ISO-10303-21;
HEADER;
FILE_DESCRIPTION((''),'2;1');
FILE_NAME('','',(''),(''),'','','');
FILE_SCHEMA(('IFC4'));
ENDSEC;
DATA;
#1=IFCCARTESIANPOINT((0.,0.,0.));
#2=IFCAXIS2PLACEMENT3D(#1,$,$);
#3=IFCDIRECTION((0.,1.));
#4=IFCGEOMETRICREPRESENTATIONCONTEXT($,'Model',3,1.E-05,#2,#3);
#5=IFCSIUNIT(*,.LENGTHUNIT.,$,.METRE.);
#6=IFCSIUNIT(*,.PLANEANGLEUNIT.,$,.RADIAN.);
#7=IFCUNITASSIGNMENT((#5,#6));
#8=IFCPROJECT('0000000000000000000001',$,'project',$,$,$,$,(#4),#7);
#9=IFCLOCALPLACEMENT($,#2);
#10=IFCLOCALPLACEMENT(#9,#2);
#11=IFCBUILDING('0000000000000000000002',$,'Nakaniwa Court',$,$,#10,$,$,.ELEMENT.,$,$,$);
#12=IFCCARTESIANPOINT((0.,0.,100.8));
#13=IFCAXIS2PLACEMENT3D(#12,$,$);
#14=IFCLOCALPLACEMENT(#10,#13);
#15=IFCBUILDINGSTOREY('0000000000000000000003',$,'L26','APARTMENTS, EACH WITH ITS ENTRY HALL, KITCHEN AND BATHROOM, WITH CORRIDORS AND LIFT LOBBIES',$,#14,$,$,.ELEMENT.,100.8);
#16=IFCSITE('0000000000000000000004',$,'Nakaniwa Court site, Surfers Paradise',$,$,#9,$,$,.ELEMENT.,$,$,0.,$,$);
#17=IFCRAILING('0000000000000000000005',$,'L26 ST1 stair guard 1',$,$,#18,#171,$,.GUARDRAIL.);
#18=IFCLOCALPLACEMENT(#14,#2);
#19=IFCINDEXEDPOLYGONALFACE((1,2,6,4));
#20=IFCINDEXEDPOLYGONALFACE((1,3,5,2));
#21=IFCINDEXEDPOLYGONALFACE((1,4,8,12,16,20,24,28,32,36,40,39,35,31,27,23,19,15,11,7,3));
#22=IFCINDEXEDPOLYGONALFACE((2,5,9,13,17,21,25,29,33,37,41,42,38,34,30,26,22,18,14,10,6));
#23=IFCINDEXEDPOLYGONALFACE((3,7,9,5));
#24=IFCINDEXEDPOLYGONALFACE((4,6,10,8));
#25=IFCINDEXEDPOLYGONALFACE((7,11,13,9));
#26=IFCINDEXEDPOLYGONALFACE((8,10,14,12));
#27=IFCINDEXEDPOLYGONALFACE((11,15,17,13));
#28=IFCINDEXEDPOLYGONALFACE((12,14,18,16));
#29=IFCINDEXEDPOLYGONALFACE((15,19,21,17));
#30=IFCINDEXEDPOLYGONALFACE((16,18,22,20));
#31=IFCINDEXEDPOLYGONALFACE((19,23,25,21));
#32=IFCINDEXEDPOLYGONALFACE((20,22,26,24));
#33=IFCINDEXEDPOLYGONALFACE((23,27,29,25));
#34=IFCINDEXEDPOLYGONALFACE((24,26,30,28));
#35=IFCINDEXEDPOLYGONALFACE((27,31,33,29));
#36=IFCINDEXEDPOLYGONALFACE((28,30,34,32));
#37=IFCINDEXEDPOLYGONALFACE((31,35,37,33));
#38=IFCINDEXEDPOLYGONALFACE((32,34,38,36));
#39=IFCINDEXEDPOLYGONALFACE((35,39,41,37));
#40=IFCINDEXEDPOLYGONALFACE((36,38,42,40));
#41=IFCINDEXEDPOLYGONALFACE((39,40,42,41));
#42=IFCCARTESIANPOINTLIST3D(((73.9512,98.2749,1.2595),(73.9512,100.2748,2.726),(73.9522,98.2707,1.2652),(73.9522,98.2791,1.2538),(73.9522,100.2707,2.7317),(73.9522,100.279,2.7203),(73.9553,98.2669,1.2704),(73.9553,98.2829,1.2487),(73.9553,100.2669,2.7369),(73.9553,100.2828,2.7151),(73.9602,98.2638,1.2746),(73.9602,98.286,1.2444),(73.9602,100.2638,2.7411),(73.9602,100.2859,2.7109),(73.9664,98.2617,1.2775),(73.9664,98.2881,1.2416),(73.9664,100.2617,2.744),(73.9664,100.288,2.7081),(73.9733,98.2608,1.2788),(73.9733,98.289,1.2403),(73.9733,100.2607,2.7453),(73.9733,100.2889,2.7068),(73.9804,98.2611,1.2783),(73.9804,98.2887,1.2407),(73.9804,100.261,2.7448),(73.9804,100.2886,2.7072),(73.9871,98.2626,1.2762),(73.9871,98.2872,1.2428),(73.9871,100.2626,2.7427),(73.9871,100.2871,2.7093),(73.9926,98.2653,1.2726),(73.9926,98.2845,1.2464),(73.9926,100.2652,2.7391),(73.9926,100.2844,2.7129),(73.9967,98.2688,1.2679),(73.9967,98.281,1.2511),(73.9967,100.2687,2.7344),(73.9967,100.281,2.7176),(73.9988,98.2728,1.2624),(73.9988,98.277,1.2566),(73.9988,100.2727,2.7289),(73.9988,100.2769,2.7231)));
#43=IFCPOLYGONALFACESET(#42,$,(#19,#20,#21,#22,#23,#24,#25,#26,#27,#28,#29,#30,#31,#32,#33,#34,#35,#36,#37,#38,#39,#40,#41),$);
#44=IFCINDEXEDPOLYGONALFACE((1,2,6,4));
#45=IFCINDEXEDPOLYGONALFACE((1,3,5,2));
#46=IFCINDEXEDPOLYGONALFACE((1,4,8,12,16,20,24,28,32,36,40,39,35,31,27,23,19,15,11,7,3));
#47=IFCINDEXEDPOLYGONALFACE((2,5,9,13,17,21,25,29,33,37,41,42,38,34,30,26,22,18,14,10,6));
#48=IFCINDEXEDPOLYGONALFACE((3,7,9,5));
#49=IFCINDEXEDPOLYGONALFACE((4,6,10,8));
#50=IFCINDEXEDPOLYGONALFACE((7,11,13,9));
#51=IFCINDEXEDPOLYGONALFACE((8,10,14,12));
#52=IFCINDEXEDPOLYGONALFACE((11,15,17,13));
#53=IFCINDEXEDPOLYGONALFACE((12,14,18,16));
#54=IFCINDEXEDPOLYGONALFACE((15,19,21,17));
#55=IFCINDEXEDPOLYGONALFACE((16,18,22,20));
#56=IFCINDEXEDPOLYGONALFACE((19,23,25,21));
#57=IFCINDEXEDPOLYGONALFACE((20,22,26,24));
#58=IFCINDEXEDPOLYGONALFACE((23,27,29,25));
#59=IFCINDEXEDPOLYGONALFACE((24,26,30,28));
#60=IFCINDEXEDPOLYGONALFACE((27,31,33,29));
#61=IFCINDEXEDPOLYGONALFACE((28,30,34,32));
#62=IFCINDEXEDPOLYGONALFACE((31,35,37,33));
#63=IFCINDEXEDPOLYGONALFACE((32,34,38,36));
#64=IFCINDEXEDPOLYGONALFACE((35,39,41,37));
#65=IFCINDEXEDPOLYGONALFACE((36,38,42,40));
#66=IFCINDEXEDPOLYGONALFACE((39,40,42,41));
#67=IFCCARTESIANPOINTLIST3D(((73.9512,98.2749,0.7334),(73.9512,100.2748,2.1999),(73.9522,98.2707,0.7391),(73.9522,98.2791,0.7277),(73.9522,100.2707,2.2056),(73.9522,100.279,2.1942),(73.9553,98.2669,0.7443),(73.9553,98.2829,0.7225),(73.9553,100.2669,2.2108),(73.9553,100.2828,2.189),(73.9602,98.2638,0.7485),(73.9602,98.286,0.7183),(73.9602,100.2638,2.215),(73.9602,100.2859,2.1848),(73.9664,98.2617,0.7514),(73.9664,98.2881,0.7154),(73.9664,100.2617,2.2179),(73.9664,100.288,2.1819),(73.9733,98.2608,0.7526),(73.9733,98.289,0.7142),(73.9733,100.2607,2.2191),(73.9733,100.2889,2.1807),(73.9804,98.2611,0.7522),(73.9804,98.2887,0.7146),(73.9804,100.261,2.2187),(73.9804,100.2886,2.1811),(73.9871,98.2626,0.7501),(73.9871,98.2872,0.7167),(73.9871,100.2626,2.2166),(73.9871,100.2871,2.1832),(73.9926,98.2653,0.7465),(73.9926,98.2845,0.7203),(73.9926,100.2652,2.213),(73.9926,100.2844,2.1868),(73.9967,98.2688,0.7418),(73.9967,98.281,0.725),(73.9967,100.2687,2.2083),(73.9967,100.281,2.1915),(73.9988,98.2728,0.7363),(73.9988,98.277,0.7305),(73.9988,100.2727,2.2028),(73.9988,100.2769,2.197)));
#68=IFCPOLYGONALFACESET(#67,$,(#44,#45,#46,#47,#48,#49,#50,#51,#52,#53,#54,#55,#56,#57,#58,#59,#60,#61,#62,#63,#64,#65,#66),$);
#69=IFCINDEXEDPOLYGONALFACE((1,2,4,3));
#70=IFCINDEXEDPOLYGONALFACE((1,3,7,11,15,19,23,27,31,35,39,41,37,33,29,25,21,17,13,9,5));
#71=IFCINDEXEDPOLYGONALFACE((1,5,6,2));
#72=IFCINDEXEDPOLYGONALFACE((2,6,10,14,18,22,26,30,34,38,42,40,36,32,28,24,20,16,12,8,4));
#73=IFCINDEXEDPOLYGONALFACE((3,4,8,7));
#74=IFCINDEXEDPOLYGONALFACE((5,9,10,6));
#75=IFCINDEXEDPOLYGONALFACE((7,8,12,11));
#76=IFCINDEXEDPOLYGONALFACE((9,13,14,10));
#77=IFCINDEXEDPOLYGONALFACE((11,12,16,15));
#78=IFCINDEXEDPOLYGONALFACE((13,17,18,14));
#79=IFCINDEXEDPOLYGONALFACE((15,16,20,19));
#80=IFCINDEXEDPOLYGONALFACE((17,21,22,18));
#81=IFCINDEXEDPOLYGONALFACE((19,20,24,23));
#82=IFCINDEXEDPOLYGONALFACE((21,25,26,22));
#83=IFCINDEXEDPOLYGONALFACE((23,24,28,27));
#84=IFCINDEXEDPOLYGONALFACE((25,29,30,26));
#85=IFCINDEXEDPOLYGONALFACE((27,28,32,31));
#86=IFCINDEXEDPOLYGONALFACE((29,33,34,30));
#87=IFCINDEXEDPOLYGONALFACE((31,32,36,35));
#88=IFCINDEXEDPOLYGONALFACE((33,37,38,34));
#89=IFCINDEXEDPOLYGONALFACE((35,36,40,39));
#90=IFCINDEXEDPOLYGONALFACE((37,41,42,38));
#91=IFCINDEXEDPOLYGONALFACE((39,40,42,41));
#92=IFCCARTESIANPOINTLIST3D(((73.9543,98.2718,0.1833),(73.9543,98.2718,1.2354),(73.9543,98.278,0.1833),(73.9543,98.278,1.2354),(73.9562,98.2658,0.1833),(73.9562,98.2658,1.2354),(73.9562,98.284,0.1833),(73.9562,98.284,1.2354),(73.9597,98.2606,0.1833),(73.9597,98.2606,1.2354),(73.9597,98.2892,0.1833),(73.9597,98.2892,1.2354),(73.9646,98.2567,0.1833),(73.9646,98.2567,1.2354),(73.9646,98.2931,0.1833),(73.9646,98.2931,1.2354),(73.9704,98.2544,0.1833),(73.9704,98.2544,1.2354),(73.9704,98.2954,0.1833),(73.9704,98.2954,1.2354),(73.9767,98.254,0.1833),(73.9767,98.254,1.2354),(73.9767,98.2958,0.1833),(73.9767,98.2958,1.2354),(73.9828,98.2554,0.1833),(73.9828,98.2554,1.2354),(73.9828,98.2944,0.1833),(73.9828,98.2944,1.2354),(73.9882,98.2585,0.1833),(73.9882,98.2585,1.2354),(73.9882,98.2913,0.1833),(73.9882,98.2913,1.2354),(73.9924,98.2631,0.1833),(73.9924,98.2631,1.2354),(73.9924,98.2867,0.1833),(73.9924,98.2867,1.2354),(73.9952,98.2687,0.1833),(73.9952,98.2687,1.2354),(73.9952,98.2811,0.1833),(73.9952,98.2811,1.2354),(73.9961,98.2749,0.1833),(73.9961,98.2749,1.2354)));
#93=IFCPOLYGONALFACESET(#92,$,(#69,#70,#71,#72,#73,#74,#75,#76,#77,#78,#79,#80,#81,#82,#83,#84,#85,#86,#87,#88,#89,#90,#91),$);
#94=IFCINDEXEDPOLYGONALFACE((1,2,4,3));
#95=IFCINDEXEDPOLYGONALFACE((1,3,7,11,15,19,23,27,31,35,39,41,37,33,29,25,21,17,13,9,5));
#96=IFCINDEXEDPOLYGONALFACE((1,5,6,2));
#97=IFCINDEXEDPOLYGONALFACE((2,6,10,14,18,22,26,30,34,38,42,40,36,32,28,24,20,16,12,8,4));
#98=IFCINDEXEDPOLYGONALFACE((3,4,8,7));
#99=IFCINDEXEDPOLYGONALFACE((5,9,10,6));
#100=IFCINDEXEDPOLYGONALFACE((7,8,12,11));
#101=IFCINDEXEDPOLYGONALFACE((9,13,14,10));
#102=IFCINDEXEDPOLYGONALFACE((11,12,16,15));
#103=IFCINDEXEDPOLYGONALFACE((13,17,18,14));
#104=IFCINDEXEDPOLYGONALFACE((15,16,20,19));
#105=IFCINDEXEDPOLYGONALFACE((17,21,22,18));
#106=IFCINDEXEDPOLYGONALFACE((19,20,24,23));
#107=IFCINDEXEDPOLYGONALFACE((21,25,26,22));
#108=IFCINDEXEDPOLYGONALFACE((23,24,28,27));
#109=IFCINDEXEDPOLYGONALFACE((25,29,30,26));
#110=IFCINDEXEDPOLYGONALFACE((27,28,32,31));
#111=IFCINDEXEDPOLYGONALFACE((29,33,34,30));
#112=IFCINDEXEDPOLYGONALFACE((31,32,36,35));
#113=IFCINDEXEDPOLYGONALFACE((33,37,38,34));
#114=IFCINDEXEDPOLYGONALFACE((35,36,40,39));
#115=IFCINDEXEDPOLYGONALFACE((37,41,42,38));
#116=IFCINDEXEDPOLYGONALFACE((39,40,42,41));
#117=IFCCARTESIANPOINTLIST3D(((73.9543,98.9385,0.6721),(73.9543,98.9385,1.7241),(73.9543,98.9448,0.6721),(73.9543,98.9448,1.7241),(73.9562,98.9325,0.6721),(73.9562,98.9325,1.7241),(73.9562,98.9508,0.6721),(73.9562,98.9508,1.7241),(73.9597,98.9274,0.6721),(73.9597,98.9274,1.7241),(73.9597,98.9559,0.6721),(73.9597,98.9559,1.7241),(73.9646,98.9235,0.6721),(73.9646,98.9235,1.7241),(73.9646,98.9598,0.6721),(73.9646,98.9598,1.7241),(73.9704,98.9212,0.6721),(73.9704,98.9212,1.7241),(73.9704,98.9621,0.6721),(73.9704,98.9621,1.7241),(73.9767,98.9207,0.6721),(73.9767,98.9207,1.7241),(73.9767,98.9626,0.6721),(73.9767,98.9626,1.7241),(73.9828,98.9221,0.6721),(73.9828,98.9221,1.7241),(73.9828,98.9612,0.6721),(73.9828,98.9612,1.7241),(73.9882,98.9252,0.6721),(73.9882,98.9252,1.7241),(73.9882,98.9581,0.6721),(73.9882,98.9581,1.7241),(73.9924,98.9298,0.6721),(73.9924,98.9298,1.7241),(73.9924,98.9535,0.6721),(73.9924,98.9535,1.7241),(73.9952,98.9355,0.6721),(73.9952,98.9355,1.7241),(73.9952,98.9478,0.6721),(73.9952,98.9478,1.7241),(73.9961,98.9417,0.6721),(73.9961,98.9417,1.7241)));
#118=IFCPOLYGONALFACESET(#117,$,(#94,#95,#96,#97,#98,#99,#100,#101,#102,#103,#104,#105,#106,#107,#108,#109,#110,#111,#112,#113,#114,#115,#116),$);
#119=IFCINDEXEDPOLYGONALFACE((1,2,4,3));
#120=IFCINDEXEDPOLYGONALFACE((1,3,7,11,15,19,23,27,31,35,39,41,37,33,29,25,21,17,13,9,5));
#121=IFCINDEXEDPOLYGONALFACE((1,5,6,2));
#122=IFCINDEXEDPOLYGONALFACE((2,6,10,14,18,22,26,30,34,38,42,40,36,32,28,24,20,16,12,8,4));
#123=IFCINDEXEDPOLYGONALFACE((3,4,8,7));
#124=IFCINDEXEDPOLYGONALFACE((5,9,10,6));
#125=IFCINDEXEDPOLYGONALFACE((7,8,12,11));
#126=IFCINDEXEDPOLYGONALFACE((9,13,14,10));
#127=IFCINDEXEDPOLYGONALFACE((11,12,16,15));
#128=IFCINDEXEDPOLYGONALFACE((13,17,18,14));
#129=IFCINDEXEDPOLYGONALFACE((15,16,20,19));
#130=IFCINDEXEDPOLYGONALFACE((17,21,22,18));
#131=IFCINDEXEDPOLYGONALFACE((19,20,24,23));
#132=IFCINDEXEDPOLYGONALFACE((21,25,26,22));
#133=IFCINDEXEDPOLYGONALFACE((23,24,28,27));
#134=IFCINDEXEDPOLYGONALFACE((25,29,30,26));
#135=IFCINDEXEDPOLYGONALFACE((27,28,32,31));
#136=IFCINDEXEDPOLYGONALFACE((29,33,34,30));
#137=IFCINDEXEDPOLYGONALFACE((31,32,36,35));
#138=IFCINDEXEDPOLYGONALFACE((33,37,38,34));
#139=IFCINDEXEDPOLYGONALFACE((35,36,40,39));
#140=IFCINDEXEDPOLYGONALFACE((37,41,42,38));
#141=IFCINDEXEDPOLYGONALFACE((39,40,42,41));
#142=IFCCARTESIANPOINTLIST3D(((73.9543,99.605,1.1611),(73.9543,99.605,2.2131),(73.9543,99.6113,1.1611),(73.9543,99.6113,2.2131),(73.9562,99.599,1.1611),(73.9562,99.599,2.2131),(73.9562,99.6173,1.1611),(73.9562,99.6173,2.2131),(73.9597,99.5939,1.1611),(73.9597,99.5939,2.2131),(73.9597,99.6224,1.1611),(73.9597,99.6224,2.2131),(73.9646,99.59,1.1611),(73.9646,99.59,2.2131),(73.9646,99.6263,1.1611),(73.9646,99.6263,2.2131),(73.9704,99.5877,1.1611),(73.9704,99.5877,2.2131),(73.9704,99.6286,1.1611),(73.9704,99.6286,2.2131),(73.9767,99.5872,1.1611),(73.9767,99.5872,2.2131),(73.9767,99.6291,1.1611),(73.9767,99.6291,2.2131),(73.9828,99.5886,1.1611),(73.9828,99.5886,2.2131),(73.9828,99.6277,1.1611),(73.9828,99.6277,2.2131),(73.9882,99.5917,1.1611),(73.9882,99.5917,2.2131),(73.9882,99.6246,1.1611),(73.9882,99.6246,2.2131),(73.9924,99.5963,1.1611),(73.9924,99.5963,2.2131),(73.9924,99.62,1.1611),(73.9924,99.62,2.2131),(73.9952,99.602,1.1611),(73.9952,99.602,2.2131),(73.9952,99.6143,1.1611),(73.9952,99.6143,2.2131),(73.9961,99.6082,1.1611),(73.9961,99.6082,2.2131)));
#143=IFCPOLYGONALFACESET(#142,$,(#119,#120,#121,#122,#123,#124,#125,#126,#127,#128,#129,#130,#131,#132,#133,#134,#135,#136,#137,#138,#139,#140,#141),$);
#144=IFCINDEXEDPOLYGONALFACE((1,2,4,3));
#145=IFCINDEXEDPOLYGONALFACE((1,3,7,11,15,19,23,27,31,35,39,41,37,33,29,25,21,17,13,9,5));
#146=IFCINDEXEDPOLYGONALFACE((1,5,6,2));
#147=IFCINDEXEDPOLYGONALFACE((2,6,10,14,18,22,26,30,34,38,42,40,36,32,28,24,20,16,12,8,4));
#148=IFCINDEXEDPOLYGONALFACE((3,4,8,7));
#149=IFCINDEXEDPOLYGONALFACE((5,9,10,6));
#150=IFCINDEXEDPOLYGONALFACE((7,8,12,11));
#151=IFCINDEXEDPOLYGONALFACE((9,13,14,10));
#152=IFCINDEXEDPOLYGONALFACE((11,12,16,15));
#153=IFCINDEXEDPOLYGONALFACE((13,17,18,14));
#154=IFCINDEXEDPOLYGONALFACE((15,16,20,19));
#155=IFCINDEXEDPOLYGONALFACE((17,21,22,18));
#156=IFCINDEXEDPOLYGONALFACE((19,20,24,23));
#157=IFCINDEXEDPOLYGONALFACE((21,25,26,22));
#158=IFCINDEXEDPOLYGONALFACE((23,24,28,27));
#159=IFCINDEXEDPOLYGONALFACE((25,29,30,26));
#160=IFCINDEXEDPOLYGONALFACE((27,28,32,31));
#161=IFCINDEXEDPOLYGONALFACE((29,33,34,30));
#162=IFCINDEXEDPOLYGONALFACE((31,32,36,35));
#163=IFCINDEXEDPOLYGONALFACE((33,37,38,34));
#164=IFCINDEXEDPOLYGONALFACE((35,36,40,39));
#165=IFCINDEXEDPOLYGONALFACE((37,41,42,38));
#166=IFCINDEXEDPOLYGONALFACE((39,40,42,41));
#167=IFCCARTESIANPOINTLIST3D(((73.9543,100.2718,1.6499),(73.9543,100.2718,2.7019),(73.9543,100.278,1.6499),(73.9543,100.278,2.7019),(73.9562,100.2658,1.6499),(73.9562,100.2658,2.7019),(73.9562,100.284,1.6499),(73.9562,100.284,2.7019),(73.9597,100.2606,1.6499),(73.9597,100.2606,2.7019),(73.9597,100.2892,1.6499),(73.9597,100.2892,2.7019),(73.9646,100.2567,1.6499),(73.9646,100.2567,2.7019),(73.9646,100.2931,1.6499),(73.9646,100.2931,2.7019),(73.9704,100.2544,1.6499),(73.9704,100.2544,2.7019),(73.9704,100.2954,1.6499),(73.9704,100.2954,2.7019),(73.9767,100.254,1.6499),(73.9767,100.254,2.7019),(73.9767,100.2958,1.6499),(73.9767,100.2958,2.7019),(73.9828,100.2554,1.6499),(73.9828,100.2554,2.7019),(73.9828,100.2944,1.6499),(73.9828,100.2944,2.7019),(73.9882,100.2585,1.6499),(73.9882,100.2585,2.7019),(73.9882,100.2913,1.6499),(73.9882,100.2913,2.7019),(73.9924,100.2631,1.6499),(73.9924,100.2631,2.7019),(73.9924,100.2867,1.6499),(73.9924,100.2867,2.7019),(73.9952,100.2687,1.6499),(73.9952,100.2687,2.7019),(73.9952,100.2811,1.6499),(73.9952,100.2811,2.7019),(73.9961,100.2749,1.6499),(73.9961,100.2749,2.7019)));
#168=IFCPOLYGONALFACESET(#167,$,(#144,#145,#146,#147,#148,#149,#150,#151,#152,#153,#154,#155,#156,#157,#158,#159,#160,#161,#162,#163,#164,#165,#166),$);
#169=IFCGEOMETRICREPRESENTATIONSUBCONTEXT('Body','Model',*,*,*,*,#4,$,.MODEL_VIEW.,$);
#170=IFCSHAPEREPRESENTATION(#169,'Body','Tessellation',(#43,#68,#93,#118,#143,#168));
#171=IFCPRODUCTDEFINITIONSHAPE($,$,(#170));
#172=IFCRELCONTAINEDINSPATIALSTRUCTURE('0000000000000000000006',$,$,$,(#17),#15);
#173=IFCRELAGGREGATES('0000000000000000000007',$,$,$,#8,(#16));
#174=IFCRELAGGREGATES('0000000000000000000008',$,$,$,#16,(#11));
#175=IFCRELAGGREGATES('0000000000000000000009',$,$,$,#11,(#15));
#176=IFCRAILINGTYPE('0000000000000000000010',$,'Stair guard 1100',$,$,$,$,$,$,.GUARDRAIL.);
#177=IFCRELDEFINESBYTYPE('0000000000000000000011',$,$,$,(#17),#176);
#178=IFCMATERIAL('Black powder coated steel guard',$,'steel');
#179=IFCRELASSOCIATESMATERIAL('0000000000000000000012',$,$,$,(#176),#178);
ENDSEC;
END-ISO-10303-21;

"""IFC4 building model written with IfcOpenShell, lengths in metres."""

from ifc_helpers import new_model, si_unit, direction, frame, origin, origin_2d, place, context, subcontext, project, spatial, circle, extrude, material, type_object, element, save


model = new_model("IFC4")

# Units and contexts
model_context = context("Model", 3, precision=1e-05, world=origin(), true_north=direction((0.0, 1.0)))
body_context = subcontext(model_context, "Body", "Model", "MODEL_VIEW")
ifc_project = project(units=[si_unit("LENGTHUNIT", "METRE"), si_unit("PLANEANGLEUNIT", "RADIAN")], contexts=[model_context])

# Site, building, storey
site_placement = place(None, origin())
site = spatial("IfcSite", under=ifc_project, at=site_placement, Name="Nakaniwa Court site, Surfers Paradise", CompositionType="ELEMENT", RefElevation=0.0)
building_placement = place(site_placement, origin())
building = spatial("IfcBuilding", under=site, at=building_placement, Name="Nakaniwa Court", CompositionType="ELEMENT")
storey_placement = place(building_placement, frame((0.0, 0.0, 100.8)))
storey = spatial("IfcBuildingStorey", under=building, at=storey_placement, Name="L26", Description="APARTMENTS, EACH WITH ITS ENTRY HALL, KITCHEN AND BATHROOM, WITH CORRIDORS AND LIFT LOBBIES", CompositionType="ELEMENT", Elevation=100.8)

# Railing
ifc_material_1 = material(Name="Black powder coated steel guard", Category="steel")
railing_type_1 = type_object("IfcRailingType", Name="Stair guard 1100", PredefinedType="GUARDRAIL", material=ifc_material_1)
railing_1_placement = place(storey_placement, frame((73.9751, 98.2749, 0.1833)))
element("IfcRailing", 1, at=railing_1_placement, inside=storey, type_object=railing_type_1, Name="L26 ST1 stair guard 1", PredefinedType="GUARDRAIL", context=body_context, shape_type="SweptSolid", body=[
    extrude(circle(Radius=0.0239, at=origin_2d()), frame((0.0, 0.0, 1.0762), z_axis=(0.0, 0.806427, 0.591334), x_axis=(-1.0, 0.0, 0.0)), (0.0, 0.0, 1.0), 2.48),
    extrude(circle(Radius=0.0239, at=origin_2d()), frame((0.0, 0.0, 0.55), z_axis=(0.0, 0.806427, 0.591334), x_axis=(-1.0, 0.0, 0.0)), (0.0, 0.0, 1.0), 2.48),
    extrude(circle(Radius=0.021, at=origin_2d()), origin(), (0.0, 0.0, 1.0), 1.052),
    extrude(circle(Radius=0.021, at=origin_2d()), frame((0.0, 0.6667, 0.4888)), (0.0, 0.0, 1.0), 1.052),
    extrude(circle(Radius=0.021, at=origin_2d()), frame((0.0, 1.3333, 0.9778)), (0.0, 0.0, 1.0), 1.052),
    extrude(circle(Radius=0.021, at=origin_2d()), frame((0.0, 2.0, 1.4666)), (0.0, 0.0, 1.0), 1.052),
])

save(model, "model.ifc")
